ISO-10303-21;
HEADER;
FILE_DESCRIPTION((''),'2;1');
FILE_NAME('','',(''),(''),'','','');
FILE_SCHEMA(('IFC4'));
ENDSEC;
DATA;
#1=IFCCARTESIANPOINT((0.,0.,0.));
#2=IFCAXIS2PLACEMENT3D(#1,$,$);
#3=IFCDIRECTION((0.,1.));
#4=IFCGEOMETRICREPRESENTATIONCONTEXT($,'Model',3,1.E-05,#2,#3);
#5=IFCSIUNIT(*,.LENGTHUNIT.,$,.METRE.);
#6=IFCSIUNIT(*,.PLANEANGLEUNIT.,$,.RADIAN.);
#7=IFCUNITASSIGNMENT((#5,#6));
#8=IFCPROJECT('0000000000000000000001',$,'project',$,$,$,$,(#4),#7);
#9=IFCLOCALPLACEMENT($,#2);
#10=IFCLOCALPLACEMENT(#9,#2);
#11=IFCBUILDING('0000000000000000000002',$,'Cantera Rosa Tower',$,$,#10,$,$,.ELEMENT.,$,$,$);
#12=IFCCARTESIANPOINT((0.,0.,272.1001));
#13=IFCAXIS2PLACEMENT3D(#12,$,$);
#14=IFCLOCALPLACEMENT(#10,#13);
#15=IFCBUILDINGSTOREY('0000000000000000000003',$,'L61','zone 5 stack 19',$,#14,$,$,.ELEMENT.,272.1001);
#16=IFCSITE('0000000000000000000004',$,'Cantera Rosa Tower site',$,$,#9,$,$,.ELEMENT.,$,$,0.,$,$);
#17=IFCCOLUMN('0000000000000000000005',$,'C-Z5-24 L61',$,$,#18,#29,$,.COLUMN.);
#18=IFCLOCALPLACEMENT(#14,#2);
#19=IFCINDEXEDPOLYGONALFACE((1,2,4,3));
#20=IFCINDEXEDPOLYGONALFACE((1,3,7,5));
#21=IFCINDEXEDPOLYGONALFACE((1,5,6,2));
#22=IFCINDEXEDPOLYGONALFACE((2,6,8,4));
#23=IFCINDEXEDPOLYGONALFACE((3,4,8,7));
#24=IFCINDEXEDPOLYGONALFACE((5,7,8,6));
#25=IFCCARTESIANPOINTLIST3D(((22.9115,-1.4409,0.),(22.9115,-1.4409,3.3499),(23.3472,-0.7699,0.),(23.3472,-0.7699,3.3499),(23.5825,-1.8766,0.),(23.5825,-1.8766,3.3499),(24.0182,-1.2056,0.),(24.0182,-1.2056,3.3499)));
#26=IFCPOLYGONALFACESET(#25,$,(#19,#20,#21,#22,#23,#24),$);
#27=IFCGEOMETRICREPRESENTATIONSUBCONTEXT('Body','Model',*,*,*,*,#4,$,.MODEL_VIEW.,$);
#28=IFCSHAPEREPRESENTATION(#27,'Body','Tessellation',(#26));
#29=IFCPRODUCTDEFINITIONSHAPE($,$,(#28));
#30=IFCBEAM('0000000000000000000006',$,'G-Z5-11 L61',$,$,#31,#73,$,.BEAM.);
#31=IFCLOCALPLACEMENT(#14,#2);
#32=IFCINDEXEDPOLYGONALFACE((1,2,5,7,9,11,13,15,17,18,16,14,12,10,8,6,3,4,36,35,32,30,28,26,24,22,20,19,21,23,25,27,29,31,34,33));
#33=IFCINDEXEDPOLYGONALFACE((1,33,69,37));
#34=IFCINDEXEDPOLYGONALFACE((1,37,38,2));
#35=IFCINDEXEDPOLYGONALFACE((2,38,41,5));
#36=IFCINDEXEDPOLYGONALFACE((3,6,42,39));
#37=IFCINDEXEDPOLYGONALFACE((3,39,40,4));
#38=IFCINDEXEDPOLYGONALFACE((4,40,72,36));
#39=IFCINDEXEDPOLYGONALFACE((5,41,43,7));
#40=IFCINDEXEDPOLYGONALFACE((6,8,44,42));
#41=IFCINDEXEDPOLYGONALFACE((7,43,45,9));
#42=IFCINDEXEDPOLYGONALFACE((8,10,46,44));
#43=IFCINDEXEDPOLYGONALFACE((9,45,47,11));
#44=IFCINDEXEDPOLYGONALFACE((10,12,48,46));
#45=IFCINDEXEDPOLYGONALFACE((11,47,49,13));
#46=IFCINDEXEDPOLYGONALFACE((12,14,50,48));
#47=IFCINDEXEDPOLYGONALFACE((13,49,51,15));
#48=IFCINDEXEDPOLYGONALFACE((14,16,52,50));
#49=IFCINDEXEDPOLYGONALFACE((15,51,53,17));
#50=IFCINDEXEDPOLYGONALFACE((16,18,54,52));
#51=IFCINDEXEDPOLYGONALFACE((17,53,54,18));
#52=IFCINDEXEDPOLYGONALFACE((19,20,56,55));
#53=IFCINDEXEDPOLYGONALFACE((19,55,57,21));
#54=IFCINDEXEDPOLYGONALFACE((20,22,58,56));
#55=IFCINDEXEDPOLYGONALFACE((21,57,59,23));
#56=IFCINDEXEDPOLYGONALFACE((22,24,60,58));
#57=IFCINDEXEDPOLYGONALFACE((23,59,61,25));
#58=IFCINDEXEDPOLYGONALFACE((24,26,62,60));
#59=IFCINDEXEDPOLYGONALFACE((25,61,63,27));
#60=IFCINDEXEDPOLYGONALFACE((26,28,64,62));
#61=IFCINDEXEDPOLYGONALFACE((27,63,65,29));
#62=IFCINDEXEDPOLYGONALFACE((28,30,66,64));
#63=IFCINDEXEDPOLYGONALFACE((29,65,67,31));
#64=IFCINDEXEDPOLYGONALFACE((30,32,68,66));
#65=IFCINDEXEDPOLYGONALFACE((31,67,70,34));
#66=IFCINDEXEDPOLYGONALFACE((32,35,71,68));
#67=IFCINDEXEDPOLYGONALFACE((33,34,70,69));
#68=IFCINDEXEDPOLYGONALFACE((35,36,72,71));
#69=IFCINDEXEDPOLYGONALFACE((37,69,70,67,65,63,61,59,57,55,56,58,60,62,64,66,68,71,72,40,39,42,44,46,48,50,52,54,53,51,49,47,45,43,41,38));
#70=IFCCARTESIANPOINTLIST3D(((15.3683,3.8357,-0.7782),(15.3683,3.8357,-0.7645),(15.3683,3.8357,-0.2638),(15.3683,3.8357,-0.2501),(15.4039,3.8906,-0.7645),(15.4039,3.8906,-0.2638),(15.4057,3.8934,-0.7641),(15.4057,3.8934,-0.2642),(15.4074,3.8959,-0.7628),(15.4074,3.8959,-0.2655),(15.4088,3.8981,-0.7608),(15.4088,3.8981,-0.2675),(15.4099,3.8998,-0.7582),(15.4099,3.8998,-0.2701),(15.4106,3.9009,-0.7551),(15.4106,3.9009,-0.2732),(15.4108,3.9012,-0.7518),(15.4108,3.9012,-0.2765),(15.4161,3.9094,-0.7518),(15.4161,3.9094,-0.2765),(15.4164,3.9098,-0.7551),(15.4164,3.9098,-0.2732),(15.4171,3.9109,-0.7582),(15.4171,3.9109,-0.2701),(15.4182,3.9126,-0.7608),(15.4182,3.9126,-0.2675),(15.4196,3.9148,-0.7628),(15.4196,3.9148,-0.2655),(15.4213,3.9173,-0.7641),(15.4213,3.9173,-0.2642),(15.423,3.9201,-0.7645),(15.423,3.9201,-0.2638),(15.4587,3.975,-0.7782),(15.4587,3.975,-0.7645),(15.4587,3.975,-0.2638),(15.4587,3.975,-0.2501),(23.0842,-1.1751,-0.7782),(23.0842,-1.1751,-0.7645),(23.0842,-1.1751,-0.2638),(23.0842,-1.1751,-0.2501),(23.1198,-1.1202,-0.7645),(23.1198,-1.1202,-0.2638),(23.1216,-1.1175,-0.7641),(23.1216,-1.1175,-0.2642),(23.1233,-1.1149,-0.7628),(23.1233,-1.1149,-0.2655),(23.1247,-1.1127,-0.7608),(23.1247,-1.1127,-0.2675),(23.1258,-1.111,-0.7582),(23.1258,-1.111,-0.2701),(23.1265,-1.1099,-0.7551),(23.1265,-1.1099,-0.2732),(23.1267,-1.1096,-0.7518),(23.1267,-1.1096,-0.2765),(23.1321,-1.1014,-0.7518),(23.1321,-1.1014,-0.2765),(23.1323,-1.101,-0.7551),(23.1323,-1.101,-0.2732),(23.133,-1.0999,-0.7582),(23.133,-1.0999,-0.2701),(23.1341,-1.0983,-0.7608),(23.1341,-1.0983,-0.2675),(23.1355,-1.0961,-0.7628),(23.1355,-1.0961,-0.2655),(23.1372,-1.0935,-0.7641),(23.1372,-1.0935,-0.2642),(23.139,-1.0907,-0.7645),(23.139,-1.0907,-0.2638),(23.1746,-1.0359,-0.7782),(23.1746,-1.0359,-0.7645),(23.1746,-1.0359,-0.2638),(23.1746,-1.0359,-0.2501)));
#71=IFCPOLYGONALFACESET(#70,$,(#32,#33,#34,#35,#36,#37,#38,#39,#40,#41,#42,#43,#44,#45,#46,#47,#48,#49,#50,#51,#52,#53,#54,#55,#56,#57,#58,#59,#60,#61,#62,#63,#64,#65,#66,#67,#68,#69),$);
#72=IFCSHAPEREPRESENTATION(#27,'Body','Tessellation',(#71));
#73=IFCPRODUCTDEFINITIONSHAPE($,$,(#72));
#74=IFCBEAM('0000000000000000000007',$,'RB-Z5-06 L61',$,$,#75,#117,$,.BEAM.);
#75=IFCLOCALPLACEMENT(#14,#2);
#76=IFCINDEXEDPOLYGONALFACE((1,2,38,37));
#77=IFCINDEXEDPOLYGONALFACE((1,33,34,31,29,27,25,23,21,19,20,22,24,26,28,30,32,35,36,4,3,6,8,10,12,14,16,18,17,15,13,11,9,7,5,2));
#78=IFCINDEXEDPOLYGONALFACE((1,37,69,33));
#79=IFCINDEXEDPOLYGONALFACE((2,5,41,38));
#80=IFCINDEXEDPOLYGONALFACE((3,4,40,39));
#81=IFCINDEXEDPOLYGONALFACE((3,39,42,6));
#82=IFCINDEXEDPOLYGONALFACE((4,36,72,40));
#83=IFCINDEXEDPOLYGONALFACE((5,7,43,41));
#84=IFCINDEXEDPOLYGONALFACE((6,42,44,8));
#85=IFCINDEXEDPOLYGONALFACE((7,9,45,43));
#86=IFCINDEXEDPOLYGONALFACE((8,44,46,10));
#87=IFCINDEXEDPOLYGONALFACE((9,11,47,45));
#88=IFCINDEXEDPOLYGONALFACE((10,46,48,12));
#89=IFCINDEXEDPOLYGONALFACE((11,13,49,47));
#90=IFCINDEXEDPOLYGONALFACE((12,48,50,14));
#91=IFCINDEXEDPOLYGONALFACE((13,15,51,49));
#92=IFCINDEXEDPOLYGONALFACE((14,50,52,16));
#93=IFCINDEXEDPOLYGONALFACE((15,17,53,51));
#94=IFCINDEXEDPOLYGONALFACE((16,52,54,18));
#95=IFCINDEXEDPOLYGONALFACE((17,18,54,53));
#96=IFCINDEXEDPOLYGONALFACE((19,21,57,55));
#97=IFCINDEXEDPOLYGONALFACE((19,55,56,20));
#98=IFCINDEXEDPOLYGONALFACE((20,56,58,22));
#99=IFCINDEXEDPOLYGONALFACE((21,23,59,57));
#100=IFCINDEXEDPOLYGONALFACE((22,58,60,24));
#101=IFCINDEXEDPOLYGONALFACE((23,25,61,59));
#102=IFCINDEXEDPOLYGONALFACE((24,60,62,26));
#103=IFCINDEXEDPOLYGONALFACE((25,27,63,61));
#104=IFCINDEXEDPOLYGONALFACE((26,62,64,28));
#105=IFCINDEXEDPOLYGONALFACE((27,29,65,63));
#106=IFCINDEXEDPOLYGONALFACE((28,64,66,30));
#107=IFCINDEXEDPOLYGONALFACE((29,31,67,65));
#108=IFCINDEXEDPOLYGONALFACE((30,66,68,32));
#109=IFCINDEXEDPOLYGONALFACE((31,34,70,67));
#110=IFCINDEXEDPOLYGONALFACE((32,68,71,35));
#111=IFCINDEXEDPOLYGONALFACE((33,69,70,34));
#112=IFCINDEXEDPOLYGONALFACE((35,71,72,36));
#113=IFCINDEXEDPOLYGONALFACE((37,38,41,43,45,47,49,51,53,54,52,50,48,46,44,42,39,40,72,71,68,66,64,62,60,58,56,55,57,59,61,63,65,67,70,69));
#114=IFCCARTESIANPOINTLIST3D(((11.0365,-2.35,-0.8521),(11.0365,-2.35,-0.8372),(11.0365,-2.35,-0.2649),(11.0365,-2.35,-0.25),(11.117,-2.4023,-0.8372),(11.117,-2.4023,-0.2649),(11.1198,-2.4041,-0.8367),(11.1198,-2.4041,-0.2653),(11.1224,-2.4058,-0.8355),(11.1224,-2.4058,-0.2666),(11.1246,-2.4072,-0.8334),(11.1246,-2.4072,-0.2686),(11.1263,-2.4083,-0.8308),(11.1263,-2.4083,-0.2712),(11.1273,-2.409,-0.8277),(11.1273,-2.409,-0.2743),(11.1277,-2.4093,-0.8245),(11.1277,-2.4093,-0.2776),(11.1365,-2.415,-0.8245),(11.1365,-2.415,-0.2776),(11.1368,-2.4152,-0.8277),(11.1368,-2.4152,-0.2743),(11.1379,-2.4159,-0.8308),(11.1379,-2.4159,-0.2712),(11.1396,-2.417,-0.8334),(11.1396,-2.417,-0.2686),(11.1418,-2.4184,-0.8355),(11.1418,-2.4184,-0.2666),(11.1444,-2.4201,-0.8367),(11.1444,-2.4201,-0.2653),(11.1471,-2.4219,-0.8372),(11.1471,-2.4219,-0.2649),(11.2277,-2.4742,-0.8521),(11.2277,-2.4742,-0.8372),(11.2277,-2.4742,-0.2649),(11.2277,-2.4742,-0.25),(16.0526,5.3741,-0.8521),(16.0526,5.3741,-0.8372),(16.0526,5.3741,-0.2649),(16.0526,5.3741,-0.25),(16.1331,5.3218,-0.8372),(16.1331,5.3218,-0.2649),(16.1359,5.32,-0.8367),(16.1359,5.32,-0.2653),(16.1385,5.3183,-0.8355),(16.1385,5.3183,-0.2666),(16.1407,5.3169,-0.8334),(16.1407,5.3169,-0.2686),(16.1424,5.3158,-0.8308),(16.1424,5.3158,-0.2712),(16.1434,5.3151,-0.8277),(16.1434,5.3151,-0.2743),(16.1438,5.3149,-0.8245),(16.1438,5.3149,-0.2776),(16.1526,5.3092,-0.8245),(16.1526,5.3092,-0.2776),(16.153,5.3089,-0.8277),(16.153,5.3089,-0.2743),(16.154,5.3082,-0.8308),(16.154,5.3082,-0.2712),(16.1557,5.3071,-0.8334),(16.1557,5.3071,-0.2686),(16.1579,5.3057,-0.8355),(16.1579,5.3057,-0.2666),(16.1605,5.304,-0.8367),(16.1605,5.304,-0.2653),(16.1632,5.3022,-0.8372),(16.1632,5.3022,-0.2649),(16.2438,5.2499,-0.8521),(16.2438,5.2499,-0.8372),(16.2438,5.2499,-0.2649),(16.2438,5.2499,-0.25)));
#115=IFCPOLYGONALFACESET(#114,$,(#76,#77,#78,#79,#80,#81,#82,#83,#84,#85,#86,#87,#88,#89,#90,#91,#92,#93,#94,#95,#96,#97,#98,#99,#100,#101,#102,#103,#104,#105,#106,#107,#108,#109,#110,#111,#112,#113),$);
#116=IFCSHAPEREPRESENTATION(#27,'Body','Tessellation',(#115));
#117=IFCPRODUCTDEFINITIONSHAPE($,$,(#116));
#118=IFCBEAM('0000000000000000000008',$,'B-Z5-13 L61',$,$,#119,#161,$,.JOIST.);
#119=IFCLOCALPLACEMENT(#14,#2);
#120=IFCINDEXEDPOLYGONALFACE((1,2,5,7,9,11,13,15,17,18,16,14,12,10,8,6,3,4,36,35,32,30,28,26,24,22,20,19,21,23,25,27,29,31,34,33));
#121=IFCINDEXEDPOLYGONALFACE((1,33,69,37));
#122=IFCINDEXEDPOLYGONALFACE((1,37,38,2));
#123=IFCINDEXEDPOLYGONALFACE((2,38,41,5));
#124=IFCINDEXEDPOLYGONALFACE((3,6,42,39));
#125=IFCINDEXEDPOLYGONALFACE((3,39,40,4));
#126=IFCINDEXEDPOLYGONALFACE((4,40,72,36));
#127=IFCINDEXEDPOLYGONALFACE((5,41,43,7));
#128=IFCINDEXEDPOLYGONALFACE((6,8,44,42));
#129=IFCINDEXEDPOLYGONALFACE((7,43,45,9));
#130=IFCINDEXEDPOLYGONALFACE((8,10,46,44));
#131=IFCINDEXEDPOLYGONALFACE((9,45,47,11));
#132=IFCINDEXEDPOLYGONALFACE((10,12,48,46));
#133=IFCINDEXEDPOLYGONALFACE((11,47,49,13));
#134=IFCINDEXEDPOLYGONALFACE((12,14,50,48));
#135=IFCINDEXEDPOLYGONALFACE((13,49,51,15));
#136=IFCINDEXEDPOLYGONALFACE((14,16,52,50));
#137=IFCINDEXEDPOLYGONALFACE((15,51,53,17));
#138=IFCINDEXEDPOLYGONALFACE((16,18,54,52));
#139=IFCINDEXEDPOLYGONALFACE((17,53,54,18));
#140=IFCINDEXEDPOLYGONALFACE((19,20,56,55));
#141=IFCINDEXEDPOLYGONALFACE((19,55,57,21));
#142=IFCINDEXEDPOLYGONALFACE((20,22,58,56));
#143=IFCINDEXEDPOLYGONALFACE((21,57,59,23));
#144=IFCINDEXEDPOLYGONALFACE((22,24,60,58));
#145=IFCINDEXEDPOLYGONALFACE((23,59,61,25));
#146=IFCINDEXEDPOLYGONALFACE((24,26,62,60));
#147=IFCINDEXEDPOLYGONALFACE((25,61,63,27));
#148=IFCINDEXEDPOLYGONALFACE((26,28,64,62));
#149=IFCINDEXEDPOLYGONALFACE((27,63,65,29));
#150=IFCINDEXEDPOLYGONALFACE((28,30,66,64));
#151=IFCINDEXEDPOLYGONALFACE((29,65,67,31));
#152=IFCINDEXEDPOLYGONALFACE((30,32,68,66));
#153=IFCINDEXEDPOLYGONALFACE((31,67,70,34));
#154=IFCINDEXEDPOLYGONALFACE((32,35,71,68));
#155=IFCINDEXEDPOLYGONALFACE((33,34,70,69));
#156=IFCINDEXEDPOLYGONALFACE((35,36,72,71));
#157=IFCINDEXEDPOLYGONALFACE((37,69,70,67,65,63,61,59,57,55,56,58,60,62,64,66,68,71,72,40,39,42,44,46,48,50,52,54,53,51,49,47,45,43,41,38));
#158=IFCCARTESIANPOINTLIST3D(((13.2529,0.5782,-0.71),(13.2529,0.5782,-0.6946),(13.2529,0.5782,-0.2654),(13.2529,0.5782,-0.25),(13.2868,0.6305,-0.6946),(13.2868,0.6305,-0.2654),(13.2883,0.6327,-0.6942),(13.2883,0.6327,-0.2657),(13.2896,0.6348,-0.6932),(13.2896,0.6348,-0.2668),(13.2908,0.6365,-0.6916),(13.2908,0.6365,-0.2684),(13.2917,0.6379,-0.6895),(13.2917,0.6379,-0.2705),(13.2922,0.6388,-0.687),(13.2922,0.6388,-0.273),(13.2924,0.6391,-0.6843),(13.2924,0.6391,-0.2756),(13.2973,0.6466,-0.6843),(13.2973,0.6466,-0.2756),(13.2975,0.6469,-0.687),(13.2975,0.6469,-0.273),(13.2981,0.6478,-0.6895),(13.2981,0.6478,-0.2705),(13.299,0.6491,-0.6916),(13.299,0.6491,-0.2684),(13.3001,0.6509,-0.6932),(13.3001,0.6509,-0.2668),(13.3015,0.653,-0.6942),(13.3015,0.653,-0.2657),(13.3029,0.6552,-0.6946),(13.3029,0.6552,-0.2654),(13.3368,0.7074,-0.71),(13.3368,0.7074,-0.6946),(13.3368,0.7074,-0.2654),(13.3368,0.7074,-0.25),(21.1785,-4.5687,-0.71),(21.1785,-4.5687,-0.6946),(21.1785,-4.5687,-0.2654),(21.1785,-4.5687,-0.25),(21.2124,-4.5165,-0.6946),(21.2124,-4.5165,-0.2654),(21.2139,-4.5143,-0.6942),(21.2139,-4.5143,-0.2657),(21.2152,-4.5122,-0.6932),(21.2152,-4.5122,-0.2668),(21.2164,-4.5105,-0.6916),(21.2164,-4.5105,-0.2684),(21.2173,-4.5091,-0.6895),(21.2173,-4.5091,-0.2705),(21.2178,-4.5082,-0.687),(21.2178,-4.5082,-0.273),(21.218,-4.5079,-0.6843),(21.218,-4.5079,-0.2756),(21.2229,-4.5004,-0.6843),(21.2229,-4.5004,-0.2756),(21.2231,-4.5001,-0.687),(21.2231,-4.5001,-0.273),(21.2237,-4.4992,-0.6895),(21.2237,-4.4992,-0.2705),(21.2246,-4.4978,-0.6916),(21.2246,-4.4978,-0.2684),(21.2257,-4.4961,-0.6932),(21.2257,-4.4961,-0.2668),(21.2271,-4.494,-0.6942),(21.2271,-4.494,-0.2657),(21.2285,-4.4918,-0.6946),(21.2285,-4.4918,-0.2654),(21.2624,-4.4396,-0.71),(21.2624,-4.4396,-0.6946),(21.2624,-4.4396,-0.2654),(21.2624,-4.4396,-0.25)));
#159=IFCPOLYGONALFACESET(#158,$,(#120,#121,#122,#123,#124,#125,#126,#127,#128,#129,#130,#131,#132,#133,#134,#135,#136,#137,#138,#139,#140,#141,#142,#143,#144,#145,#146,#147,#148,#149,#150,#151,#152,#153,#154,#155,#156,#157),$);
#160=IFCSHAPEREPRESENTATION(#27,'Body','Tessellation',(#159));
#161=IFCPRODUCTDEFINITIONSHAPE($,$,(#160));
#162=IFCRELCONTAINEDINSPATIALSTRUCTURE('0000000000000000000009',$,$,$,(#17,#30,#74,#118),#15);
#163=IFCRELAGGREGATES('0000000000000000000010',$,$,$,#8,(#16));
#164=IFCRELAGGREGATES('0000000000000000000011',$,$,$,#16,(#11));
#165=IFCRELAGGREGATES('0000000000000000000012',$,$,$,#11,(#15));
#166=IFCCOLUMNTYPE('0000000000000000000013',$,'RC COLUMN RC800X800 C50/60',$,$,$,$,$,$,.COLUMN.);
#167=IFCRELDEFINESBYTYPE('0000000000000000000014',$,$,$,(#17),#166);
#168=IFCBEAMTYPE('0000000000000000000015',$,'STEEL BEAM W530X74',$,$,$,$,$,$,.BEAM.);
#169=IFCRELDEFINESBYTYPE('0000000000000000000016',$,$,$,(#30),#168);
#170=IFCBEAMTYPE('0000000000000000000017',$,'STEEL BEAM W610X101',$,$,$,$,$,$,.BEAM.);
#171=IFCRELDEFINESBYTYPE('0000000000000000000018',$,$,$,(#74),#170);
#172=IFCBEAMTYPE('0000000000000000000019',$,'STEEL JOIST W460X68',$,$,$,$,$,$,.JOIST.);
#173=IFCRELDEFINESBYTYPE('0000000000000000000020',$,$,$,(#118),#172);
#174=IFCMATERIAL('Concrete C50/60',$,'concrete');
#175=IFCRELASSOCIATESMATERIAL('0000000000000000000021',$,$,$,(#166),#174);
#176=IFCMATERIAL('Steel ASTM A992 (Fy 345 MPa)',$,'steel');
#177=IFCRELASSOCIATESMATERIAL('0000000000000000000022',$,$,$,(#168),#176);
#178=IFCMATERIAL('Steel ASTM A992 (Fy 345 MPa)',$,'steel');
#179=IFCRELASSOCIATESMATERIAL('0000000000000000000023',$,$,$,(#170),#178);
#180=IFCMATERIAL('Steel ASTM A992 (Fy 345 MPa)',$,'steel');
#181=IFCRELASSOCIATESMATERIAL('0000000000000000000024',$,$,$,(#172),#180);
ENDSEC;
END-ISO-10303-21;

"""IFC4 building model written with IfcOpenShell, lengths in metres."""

from ifc_helpers import new_model, si_unit, direction, frame, origin, origin_2d, place, context, subcontext, project, spatial, rectangle, i_section, extrude, material, material_profile, profile_set, type_object, element, save


model = new_model("IFC4")

# Units and contexts
model_context = context("Model", 3, precision=1e-05, world=origin(), true_north=direction((0.0, 1.0)))
body_context = subcontext(model_context, "Body", "Model", "MODEL_VIEW")
ifc_project = project(units=[si_unit("LENGTHUNIT", "METRE"), si_unit("PLANEANGLEUNIT", "RADIAN")], contexts=[model_context])

# Site, building, storey
site_placement = place(None, origin())
site = spatial("IfcSite", under=ifc_project, at=site_placement, Name="Cantera Rosa Tower site", CompositionType="ELEMENT", RefElevation=0.0)
building_placement = place(site_placement, origin())
building = spatial("IfcBuilding", under=site, at=building_placement, Name="Cantera Rosa Tower", CompositionType="ELEMENT")
storey_placement = place(building_placement, frame((0.0, 0.0, 272.1001)))
storey = spatial("IfcBuildingStorey", under=building, at=storey_placement, Name="L61", Description="zone 5 stack 19", CompositionType="ELEMENT", Elevation=272.1001)

# Column
ifc_material_1 = material(Name="Concrete C50/60", Category="concrete")
ifc_material_profile_1 = material_profile(ifc_material_1, rectangle(XDim=0.8, YDim=0.8, at=origin_2d()), Name="RC COLUMN RC800X800 C50/60")
ifc_profile_set_1 = profile_set([ifc_material_profile_1], Name="Concrete C50/60")
column_type = type_object("IfcColumnType", Name="RC COLUMN RC800X800 C50/60", PredefinedType="COLUMN", material=ifc_profile_set_1)
column_placement = place(storey_placement, frame((23.4648, -1.3232, 0.0), z_axis=(0.0, 0.0, 1.0), x_axis=(0.544639, 0.838671, 0.0)))
element("IfcColumn", 1, at=column_placement, inside=storey, type_object=column_type, Name="C-Z5-24 L61", PredefinedType="COLUMN", context=body_context, shape_type="SweptSolid", body=[
    extrude(rectangle(XDim=0.8, YDim=0.8, at=origin_2d()), origin(), (0.0, 0.0, 1.0), 3.3499),
])

# Beams
ifc_material_2 = material(Name="Steel ASTM A992 (Fy 345 MPa)", Category="steel")
ifc_material_profile_2 = material_profile(ifc_material_2, i_section(OverallWidth=0.166, OverallDepth=0.5281, WebThickness=0.0098, FlangeThickness=0.0137, FilletRadius=0.0127, at=origin_2d()), Name="W530X74")
ifc_profile_set_2 = profile_set([ifc_material_profile_2], Name="Steel ASTM A992 (Fy 345 MPa)")
beam_type_1 = type_object("IfcBeamType", Name="STEEL BEAM W530X74", PredefinedType="BEAM", material=ifc_profile_set_2)
beam_1_placement = place(storey_placement, frame((23.1294, -1.1055, -0.5142), z_axis=(-0.838669, 0.544641, 0.0), x_axis=(-0.544641, -0.838669, 0.0)))
element("IfcBeam", 2, at=beam_1_placement, inside=storey, type_object=beam_type_1, Name="G-Z5-11 L61", PredefinedType="BEAM", context=body_context, shape_type="SweptSolid", body=[
    extrude(i_section(OverallWidth=0.166, OverallDepth=0.5281, WebThickness=0.0098, FlangeThickness=0.0137, FilletRadius=0.0127, at=origin_2d()), origin(), (0.0, 0.0, 1.0), 9.2002),
])
ifc_material_3 = material(Name="Steel ASTM A992 (Fy 345 MPa)", Category="steel")
ifc_material_profile_3 = material_profile(ifc_material_3, i_section(OverallWidth=0.228, OverallDepth=0.6021, WebThickness=0.0105, FlangeThickness=0.0149, FilletRadius=0.0127, at=origin_2d()), Name="W610X101")
ifc_profile_set_3 = profile_set([ifc_material_profile_3], Name="Steel ASTM A992 (Fy 345 MPa)")
beam_type_2 = type_object("IfcBeamType", Name="STEEL BEAM W610X101", PredefinedType="BEAM", material=ifc_profile_set_3)
beam_2_placement = place(storey_placement, frame((11.1321, -2.4121, -0.551), z_axis=(0.54464, 0.83867, 0.0), x_axis=(-0.83867, 0.54464, 0.0)))
element("IfcBeam", 3, at=beam_2_placement, inside=storey, type_object=beam_type_2, Name="RB-Z5-06 L61", PredefinedType="BEAM", context=body_context, shape_type="SweptSolid", body=[
    extrude(i_section(OverallWidth=0.228, OverallDepth=0.6021, WebThickness=0.0105, FlangeThickness=0.0149, FilletRadius=0.0127, at=origin_2d()), origin(), (0.0, 0.0, 1.0), 9.21),
])
ifc_material_4 = material(Name="Steel ASTM A992 (Fy 345 MPa)", Category="steel")
ifc_material_profile_4 = material_profile(ifc_material_4, i_section(OverallWidth=0.1541, OverallDepth=0.46, WebThickness=0.009, FlangeThickness=0.0154, FilletRadius=0.0103, at=origin_2d()), Name="W460X68")
ifc_profile_set_4 = profile_set([ifc_material_profile_4], Name="Steel ASTM A992 (Fy 345 MPa)")
beam_type_3 = type_object("IfcBeamType", Name="STEEL JOIST W460X68", PredefinedType="JOIST", material=ifc_profile_set_4)
beam_3_placement = place(storey_placement, frame((21.2205, -4.5042, -0.48), z_axis=(-0.838667, 0.544644, 0.0), x_axis=(-0.544644, -0.838667, 0.0)))
element("IfcBeam", 4, at=beam_3_placement, inside=storey, type_object=beam_type_3, Name="B-Z5-13 L61", PredefinedType="JOIST", context=body_context, shape_type="SweptSolid", body=[
    extrude(i_section(OverallWidth=0.1541, OverallDepth=0.46, WebThickness=0.009, FlangeThickness=0.0154, FilletRadius=0.0103, at=origin_2d()), origin(), (0.0, 0.0, 1.0), 9.4502),
])

save(model, "model.ifc")
